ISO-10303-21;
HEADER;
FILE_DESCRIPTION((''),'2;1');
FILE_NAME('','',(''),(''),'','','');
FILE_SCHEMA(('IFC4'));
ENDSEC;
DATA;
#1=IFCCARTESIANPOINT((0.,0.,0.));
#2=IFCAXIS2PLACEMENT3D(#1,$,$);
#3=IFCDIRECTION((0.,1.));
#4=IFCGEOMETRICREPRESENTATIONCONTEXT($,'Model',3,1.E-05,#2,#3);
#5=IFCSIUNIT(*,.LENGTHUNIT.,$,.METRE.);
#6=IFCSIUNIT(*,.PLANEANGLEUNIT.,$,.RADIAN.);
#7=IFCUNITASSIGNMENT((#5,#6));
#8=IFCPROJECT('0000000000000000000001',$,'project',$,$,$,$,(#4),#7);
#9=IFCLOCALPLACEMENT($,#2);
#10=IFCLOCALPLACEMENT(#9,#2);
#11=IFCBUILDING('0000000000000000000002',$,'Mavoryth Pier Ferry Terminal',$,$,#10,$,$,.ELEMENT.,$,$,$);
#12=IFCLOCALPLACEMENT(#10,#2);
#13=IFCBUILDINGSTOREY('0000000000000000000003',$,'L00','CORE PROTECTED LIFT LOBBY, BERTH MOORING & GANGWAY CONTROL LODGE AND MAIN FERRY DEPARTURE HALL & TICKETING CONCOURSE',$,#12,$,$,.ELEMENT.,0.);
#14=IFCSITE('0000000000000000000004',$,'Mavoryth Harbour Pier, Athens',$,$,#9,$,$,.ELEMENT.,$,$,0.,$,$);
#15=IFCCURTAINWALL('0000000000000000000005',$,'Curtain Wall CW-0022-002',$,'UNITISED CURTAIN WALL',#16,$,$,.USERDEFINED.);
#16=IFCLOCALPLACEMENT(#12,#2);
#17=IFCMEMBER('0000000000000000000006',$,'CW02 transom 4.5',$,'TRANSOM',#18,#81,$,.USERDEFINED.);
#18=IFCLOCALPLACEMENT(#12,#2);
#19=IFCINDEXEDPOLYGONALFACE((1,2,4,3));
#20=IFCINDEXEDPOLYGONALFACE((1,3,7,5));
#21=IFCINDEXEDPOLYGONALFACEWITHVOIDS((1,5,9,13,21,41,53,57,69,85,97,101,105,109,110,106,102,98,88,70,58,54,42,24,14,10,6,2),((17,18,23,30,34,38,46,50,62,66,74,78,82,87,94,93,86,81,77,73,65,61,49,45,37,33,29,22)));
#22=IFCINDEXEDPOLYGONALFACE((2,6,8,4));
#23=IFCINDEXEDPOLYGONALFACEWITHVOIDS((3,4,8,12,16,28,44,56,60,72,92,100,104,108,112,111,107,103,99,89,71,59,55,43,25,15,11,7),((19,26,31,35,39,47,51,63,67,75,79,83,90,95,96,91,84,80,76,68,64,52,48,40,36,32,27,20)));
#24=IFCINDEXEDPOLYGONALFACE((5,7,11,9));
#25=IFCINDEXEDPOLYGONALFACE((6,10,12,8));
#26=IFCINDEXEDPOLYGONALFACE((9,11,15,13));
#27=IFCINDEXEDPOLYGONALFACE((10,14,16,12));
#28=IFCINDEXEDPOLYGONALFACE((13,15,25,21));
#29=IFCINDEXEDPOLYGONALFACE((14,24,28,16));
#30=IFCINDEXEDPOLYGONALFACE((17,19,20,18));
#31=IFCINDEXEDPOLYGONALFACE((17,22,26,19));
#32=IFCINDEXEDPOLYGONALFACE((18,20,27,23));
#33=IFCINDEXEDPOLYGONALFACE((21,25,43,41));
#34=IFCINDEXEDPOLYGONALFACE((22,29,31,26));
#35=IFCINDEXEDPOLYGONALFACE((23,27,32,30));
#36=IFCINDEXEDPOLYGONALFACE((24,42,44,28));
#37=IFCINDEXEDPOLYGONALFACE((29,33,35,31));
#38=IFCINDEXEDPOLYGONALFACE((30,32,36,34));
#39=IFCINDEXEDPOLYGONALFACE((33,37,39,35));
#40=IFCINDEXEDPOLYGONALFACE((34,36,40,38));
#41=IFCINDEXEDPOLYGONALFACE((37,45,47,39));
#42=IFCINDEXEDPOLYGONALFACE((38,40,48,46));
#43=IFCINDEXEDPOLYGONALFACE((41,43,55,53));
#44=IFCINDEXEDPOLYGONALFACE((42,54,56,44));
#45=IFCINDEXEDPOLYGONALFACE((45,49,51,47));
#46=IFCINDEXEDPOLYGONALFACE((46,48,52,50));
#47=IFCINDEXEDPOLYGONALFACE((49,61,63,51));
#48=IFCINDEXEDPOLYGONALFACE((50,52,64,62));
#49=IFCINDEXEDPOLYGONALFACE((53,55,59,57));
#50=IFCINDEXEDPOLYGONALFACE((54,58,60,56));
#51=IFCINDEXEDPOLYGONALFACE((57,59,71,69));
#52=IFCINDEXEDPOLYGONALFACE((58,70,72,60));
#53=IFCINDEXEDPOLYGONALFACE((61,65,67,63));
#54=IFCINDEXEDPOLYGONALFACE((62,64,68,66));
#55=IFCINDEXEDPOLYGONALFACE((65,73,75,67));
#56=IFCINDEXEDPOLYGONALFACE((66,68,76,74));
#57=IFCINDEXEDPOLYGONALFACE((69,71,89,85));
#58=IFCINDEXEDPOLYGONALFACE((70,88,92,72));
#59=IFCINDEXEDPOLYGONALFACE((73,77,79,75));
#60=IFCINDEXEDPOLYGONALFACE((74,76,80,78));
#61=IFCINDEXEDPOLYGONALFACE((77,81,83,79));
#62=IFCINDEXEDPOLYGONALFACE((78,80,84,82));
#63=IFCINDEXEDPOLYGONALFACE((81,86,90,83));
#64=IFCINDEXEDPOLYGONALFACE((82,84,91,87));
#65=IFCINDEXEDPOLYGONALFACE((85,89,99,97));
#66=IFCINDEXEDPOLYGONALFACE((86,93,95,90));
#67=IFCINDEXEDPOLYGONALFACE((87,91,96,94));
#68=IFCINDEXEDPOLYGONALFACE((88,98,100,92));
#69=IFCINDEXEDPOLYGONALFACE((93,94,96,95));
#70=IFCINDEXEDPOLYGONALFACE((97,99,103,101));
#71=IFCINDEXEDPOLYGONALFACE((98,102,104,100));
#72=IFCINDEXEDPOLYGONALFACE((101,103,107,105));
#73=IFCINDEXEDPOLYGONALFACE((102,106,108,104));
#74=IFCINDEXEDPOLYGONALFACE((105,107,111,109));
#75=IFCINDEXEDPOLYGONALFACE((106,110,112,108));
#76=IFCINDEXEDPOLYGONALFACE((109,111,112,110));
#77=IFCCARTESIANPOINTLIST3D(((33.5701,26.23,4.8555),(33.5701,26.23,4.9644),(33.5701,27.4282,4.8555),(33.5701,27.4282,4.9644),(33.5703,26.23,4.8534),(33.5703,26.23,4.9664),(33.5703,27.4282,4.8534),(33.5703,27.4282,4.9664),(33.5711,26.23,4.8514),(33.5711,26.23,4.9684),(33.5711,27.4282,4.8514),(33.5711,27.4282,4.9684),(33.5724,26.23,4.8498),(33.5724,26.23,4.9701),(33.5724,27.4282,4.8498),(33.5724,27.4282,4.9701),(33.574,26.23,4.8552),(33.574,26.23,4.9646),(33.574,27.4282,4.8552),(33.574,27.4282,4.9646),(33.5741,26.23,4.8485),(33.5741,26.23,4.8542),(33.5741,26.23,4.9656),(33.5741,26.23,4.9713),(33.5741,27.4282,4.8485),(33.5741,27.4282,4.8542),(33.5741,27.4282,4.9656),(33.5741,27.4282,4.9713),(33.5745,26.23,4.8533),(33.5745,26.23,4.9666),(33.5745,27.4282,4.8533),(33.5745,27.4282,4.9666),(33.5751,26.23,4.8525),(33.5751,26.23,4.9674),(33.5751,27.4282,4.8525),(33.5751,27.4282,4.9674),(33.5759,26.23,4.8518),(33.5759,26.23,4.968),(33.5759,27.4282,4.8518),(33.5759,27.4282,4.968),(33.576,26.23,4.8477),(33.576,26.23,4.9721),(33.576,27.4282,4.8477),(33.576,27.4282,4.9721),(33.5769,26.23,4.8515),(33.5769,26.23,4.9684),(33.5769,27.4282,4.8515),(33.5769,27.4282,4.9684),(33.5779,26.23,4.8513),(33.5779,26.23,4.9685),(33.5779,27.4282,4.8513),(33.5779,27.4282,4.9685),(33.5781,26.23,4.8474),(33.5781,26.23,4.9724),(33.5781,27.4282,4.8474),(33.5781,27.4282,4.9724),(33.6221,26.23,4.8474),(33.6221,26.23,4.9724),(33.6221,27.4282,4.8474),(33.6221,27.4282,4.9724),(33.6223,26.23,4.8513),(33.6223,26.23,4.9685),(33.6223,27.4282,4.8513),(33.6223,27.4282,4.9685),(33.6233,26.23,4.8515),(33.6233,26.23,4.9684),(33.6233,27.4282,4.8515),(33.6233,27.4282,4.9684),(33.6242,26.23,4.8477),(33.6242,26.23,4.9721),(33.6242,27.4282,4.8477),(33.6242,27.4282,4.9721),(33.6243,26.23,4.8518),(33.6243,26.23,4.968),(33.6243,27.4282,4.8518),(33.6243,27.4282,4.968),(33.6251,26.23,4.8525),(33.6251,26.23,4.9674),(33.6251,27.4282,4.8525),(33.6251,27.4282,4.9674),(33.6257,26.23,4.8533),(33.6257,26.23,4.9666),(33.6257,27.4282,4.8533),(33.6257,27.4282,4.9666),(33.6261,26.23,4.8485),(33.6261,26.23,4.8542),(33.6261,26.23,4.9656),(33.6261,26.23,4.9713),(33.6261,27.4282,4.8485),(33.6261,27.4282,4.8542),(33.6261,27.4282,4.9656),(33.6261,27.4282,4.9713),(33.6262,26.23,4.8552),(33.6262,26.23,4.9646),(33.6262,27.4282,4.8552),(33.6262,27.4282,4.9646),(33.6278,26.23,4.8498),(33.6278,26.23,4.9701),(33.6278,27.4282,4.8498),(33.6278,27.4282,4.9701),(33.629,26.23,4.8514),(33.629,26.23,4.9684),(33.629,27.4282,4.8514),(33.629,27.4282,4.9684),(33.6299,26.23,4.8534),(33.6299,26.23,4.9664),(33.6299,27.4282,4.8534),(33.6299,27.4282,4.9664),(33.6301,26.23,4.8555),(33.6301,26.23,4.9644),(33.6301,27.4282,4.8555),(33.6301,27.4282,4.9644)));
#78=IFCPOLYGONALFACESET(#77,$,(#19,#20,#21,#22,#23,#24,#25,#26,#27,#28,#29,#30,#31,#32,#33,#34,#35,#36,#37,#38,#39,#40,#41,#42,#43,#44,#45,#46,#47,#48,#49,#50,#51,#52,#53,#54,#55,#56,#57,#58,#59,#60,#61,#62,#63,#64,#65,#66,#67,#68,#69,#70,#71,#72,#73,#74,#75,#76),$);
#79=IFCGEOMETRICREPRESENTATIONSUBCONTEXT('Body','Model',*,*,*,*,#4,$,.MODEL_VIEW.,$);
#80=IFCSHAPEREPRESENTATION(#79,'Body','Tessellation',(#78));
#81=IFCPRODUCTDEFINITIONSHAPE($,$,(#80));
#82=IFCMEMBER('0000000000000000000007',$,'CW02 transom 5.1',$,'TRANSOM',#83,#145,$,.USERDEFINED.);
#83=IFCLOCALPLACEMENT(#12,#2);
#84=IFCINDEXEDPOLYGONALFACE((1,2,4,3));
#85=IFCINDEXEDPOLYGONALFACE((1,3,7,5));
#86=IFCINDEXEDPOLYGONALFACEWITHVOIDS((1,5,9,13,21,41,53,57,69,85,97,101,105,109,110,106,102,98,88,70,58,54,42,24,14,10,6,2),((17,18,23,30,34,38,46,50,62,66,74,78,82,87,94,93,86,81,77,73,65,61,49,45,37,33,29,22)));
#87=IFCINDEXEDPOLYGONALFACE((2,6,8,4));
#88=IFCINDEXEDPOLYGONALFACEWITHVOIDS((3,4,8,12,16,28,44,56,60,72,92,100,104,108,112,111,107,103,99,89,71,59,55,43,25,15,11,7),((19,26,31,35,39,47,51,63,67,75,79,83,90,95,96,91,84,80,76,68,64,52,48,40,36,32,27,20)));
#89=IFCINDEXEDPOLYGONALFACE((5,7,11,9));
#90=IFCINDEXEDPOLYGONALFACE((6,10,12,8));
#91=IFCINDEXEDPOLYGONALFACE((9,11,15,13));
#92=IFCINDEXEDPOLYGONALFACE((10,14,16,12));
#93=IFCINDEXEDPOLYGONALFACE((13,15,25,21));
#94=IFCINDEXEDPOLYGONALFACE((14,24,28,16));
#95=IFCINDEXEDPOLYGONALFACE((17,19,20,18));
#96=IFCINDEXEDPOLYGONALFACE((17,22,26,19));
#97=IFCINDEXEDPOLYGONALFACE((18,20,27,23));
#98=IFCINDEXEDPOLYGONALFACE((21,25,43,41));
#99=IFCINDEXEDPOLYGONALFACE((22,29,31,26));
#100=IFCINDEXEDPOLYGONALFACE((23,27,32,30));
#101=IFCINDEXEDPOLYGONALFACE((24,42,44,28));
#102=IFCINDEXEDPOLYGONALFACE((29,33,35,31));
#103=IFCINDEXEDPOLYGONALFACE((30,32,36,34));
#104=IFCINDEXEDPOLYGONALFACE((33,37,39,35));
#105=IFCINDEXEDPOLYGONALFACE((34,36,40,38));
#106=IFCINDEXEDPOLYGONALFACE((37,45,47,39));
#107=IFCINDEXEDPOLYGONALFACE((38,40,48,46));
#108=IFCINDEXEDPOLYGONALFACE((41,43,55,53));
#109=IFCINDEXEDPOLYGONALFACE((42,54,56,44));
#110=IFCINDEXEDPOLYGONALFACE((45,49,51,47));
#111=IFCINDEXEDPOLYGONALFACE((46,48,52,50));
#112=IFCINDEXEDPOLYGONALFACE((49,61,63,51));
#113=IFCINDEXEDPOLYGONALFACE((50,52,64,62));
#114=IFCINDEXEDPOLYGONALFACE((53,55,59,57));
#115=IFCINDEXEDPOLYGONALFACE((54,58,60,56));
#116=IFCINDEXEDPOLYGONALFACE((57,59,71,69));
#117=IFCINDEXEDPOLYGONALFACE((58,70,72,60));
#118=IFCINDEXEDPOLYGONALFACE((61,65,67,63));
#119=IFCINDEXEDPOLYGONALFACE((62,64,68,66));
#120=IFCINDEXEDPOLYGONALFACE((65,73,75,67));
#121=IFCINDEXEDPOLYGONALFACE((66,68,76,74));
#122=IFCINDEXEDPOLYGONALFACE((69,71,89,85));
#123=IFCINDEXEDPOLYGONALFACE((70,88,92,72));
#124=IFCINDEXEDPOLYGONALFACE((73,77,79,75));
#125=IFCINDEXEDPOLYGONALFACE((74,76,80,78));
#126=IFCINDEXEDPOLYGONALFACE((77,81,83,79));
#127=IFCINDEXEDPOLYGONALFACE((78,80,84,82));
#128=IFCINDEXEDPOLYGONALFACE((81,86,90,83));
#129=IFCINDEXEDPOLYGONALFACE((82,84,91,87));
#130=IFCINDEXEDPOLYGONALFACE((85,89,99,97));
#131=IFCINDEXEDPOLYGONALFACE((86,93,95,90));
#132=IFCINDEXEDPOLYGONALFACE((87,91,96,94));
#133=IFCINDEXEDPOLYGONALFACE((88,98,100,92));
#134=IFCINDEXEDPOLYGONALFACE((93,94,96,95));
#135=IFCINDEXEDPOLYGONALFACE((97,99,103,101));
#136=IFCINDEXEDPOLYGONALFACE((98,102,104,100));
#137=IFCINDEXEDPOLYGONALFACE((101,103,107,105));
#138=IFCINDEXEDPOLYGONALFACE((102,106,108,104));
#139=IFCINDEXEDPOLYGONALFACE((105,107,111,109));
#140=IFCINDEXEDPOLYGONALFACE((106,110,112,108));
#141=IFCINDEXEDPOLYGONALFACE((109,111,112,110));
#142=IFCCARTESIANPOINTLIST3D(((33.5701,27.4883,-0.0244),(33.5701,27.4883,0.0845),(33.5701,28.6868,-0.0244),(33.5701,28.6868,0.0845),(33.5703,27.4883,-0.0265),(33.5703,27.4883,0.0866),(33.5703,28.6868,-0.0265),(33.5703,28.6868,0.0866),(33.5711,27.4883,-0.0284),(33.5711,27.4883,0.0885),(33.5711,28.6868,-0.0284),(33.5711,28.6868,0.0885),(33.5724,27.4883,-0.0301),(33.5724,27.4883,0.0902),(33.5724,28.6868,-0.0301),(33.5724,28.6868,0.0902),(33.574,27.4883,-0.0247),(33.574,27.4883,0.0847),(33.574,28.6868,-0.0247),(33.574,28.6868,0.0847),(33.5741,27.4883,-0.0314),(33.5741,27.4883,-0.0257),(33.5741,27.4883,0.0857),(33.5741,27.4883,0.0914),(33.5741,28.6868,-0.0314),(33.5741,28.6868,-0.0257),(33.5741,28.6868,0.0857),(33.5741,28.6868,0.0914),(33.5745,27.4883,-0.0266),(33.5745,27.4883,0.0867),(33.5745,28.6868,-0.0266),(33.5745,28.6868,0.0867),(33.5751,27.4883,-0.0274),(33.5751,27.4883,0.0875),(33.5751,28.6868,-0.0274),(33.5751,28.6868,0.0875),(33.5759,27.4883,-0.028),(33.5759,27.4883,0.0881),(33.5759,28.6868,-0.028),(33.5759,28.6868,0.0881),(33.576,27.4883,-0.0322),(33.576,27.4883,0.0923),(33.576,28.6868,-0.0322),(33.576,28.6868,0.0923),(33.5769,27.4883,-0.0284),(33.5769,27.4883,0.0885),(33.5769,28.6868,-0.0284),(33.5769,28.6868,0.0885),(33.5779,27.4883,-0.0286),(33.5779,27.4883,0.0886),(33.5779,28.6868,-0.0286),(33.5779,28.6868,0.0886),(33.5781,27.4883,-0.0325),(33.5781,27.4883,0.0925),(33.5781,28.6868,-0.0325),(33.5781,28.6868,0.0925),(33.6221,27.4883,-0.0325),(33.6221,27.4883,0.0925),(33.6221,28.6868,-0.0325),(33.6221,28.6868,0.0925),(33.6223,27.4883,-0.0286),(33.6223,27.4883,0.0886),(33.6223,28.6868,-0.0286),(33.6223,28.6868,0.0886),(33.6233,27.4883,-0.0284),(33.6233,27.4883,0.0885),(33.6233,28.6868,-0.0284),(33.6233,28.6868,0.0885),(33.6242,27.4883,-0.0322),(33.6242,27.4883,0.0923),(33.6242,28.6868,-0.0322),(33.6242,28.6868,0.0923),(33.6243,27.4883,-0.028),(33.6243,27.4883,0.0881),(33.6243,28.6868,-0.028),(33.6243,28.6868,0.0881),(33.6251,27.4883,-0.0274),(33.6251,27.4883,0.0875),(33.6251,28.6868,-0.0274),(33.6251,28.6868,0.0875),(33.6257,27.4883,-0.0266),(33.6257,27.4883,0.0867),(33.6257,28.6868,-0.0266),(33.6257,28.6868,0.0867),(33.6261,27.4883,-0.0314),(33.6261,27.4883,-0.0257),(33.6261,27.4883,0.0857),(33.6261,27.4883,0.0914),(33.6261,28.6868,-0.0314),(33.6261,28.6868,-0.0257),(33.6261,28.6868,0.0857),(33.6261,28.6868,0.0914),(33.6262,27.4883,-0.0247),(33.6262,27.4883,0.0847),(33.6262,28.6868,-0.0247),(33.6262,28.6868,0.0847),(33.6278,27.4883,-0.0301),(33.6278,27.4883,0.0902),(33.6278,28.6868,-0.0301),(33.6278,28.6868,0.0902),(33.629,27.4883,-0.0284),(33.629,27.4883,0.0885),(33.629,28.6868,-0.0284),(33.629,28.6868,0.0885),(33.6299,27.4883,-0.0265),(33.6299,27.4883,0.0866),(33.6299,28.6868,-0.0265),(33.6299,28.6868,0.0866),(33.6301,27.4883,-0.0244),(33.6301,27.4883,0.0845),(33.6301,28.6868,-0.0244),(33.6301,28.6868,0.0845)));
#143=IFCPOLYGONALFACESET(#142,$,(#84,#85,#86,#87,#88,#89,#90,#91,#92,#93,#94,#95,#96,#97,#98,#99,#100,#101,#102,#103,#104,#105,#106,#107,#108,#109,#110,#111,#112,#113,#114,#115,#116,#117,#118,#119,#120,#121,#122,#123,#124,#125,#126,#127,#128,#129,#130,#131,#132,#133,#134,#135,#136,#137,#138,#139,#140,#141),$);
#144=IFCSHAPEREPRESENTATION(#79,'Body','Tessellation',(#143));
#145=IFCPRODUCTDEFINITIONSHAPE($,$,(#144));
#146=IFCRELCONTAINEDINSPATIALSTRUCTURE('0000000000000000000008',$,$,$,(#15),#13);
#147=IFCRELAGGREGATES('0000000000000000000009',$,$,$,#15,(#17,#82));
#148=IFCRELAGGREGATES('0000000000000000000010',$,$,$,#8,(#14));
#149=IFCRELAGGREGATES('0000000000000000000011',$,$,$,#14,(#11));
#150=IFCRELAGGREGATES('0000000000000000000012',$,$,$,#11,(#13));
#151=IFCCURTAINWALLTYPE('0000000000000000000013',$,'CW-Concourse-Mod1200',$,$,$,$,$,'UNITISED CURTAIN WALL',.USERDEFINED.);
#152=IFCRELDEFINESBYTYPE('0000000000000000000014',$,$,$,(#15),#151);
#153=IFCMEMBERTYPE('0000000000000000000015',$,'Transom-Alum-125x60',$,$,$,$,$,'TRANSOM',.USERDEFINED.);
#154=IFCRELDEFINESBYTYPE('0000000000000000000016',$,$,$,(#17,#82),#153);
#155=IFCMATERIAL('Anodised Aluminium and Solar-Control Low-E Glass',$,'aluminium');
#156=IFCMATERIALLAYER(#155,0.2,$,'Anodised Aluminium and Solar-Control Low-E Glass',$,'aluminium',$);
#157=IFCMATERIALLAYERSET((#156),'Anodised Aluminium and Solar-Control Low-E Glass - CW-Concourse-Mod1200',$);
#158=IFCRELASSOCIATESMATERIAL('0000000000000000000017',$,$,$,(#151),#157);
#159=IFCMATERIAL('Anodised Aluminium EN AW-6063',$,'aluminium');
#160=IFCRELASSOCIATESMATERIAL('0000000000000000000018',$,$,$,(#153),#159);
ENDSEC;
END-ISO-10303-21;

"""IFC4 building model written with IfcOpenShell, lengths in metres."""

from ifc_helpers import new_model, si_unit, direction, frame, origin, origin_2d, place, context, subcontext, project, spatial, hollow_rectangle, extrude, material, layer, layer_set, material_profile, profile_set, type_object, element, aggregate, save


model = new_model("IFC4")

# Units and contexts
model_context = context("Model", 3, precision=1e-05, world=origin(), true_north=direction((0.0, 1.0)))
body_context = subcontext(model_context, "Body", "Model", "MODEL_VIEW")
ifc_project = project(units=[si_unit("LENGTHUNIT", "METRE"), si_unit("PLANEANGLEUNIT", "RADIAN")], contexts=[model_context])

# Site, building, storey
site_placement = place(None, origin())
site = spatial("IfcSite", under=ifc_project, at=site_placement, Name="Mavoryth Harbour Pier, Athens", CompositionType="ELEMENT", RefElevation=0.0)
building_placement = place(site_placement, origin())
building = spatial("IfcBuilding", under=site, at=building_placement, Name="Mavoryth Pier Ferry Terminal", CompositionType="ELEMENT")
storey_placement = place(building_placement, origin())
storey = spatial("IfcBuildingStorey", under=building, at=storey_placement, Name="L00", Description="CORE PROTECTED LIFT LOBBY, BERTH MOORING & GANGWAY CONTROL LODGE AND MAIN FERRY DEPARTURE HALL & TICKETING CONCOURSE", CompositionType="ELEMENT", Elevation=0.0)

# Curtain wall, members
ifc_material_1 = material(Name="Anodised Aluminium and Solar-Control Low-E Glass", Category="aluminium")
ifc_layer_1 = layer(ifc_material_1, 0.2, Name="Anodised Aluminium and Solar-Control Low-E Glass", Category="aluminium")
ifc_layer_set_1 = layer_set([ifc_layer_1], Name="Anodised Aluminium and Solar-Control Low-E Glass - CW-Concourse-Mod1200")
curtain_wall_type = type_object("IfcCurtainWallType", Name="CW-Concourse-Mod1200", ElementType="UNITISED CURTAIN WALL", PredefinedType="USERDEFINED", material=ifc_layer_set_1)
curtain_wall_placement = place(storey_placement, origin())
curtain_wall = element("IfcCurtainWall", 1, at=curtain_wall_placement, inside=storey, type_object=curtain_wall_type, Name="Curtain Wall CW-0022-002", ObjectType="UNITISED CURTAIN WALL", PredefinedType="USERDEFINED")
ifc_material_2 = material(Name="Anodised Aluminium EN AW-6063", Category="aluminium")
ifc_material_profile_1 = material_profile(ifc_material_2, hollow_rectangle(XDim=0.0601, YDim=0.125, WallThickness=0.0039, InnerFilletRadius=0.0039, OuterFilletRadius=0.0081, at=origin_2d()), Name="AL-TRAN 125x60x4", Category="aluminium")
ifc_profile_set_1 = profile_set([ifc_material_profile_1], Name="Anodised Aluminium EN AW-6063 - AL-TRAN 125x60x4")
member_type_1 = type_object("IfcMemberType", Name="Transom-Alum-125x60", ElementType="TRANSOM", PredefinedType="USERDEFINED", material=ifc_profile_set_1)
member_1_placement = place(storey_placement, frame((33.6001, 26.23, 4.9099), z_axis=(0.0, 1.0, 0.0), x_axis=(-1.0, 0.0, 0.0)))
member_1 = element("IfcMember", 2, at=member_1_placement, type_object=member_type_1, Name="CW02 transom 4.5", ObjectType="TRANSOM", PredefinedType="USERDEFINED", context=body_context, shape_type="SweptSolid", body=[
    extrude(hollow_rectangle(XDim=0.0601, YDim=0.125, WallThickness=0.0039, InnerFilletRadius=0.0039, OuterFilletRadius=0.0081, at=origin_2d()), origin(), (0.0, 0.0, 1.0), 1.1982),
])
member_2_placement = place(storey_placement, frame((33.6001, 27.4883, 0.03), z_axis=(0.0, 1.0, 0.0), x_axis=(-1.0, 0.0, 0.0)))
member_2 = element("IfcMember", 3, at=member_2_placement, type_object=member_type_1, Name="CW02 transom 5.1", ObjectType="TRANSOM", PredefinedType="USERDEFINED", context=body_context, shape_type="SweptSolid", body=[
    extrude(hollow_rectangle(XDim=0.0601, YDim=0.125, WallThickness=0.0039, InnerFilletRadius=0.0039, OuterFilletRadius=0.0081, at=origin_2d()), origin(), (0.0, 0.0, 1.0), 1.1985),
])
aggregate(curtain_wall, [member_1, member_2])

save(model, "model.ifc")
